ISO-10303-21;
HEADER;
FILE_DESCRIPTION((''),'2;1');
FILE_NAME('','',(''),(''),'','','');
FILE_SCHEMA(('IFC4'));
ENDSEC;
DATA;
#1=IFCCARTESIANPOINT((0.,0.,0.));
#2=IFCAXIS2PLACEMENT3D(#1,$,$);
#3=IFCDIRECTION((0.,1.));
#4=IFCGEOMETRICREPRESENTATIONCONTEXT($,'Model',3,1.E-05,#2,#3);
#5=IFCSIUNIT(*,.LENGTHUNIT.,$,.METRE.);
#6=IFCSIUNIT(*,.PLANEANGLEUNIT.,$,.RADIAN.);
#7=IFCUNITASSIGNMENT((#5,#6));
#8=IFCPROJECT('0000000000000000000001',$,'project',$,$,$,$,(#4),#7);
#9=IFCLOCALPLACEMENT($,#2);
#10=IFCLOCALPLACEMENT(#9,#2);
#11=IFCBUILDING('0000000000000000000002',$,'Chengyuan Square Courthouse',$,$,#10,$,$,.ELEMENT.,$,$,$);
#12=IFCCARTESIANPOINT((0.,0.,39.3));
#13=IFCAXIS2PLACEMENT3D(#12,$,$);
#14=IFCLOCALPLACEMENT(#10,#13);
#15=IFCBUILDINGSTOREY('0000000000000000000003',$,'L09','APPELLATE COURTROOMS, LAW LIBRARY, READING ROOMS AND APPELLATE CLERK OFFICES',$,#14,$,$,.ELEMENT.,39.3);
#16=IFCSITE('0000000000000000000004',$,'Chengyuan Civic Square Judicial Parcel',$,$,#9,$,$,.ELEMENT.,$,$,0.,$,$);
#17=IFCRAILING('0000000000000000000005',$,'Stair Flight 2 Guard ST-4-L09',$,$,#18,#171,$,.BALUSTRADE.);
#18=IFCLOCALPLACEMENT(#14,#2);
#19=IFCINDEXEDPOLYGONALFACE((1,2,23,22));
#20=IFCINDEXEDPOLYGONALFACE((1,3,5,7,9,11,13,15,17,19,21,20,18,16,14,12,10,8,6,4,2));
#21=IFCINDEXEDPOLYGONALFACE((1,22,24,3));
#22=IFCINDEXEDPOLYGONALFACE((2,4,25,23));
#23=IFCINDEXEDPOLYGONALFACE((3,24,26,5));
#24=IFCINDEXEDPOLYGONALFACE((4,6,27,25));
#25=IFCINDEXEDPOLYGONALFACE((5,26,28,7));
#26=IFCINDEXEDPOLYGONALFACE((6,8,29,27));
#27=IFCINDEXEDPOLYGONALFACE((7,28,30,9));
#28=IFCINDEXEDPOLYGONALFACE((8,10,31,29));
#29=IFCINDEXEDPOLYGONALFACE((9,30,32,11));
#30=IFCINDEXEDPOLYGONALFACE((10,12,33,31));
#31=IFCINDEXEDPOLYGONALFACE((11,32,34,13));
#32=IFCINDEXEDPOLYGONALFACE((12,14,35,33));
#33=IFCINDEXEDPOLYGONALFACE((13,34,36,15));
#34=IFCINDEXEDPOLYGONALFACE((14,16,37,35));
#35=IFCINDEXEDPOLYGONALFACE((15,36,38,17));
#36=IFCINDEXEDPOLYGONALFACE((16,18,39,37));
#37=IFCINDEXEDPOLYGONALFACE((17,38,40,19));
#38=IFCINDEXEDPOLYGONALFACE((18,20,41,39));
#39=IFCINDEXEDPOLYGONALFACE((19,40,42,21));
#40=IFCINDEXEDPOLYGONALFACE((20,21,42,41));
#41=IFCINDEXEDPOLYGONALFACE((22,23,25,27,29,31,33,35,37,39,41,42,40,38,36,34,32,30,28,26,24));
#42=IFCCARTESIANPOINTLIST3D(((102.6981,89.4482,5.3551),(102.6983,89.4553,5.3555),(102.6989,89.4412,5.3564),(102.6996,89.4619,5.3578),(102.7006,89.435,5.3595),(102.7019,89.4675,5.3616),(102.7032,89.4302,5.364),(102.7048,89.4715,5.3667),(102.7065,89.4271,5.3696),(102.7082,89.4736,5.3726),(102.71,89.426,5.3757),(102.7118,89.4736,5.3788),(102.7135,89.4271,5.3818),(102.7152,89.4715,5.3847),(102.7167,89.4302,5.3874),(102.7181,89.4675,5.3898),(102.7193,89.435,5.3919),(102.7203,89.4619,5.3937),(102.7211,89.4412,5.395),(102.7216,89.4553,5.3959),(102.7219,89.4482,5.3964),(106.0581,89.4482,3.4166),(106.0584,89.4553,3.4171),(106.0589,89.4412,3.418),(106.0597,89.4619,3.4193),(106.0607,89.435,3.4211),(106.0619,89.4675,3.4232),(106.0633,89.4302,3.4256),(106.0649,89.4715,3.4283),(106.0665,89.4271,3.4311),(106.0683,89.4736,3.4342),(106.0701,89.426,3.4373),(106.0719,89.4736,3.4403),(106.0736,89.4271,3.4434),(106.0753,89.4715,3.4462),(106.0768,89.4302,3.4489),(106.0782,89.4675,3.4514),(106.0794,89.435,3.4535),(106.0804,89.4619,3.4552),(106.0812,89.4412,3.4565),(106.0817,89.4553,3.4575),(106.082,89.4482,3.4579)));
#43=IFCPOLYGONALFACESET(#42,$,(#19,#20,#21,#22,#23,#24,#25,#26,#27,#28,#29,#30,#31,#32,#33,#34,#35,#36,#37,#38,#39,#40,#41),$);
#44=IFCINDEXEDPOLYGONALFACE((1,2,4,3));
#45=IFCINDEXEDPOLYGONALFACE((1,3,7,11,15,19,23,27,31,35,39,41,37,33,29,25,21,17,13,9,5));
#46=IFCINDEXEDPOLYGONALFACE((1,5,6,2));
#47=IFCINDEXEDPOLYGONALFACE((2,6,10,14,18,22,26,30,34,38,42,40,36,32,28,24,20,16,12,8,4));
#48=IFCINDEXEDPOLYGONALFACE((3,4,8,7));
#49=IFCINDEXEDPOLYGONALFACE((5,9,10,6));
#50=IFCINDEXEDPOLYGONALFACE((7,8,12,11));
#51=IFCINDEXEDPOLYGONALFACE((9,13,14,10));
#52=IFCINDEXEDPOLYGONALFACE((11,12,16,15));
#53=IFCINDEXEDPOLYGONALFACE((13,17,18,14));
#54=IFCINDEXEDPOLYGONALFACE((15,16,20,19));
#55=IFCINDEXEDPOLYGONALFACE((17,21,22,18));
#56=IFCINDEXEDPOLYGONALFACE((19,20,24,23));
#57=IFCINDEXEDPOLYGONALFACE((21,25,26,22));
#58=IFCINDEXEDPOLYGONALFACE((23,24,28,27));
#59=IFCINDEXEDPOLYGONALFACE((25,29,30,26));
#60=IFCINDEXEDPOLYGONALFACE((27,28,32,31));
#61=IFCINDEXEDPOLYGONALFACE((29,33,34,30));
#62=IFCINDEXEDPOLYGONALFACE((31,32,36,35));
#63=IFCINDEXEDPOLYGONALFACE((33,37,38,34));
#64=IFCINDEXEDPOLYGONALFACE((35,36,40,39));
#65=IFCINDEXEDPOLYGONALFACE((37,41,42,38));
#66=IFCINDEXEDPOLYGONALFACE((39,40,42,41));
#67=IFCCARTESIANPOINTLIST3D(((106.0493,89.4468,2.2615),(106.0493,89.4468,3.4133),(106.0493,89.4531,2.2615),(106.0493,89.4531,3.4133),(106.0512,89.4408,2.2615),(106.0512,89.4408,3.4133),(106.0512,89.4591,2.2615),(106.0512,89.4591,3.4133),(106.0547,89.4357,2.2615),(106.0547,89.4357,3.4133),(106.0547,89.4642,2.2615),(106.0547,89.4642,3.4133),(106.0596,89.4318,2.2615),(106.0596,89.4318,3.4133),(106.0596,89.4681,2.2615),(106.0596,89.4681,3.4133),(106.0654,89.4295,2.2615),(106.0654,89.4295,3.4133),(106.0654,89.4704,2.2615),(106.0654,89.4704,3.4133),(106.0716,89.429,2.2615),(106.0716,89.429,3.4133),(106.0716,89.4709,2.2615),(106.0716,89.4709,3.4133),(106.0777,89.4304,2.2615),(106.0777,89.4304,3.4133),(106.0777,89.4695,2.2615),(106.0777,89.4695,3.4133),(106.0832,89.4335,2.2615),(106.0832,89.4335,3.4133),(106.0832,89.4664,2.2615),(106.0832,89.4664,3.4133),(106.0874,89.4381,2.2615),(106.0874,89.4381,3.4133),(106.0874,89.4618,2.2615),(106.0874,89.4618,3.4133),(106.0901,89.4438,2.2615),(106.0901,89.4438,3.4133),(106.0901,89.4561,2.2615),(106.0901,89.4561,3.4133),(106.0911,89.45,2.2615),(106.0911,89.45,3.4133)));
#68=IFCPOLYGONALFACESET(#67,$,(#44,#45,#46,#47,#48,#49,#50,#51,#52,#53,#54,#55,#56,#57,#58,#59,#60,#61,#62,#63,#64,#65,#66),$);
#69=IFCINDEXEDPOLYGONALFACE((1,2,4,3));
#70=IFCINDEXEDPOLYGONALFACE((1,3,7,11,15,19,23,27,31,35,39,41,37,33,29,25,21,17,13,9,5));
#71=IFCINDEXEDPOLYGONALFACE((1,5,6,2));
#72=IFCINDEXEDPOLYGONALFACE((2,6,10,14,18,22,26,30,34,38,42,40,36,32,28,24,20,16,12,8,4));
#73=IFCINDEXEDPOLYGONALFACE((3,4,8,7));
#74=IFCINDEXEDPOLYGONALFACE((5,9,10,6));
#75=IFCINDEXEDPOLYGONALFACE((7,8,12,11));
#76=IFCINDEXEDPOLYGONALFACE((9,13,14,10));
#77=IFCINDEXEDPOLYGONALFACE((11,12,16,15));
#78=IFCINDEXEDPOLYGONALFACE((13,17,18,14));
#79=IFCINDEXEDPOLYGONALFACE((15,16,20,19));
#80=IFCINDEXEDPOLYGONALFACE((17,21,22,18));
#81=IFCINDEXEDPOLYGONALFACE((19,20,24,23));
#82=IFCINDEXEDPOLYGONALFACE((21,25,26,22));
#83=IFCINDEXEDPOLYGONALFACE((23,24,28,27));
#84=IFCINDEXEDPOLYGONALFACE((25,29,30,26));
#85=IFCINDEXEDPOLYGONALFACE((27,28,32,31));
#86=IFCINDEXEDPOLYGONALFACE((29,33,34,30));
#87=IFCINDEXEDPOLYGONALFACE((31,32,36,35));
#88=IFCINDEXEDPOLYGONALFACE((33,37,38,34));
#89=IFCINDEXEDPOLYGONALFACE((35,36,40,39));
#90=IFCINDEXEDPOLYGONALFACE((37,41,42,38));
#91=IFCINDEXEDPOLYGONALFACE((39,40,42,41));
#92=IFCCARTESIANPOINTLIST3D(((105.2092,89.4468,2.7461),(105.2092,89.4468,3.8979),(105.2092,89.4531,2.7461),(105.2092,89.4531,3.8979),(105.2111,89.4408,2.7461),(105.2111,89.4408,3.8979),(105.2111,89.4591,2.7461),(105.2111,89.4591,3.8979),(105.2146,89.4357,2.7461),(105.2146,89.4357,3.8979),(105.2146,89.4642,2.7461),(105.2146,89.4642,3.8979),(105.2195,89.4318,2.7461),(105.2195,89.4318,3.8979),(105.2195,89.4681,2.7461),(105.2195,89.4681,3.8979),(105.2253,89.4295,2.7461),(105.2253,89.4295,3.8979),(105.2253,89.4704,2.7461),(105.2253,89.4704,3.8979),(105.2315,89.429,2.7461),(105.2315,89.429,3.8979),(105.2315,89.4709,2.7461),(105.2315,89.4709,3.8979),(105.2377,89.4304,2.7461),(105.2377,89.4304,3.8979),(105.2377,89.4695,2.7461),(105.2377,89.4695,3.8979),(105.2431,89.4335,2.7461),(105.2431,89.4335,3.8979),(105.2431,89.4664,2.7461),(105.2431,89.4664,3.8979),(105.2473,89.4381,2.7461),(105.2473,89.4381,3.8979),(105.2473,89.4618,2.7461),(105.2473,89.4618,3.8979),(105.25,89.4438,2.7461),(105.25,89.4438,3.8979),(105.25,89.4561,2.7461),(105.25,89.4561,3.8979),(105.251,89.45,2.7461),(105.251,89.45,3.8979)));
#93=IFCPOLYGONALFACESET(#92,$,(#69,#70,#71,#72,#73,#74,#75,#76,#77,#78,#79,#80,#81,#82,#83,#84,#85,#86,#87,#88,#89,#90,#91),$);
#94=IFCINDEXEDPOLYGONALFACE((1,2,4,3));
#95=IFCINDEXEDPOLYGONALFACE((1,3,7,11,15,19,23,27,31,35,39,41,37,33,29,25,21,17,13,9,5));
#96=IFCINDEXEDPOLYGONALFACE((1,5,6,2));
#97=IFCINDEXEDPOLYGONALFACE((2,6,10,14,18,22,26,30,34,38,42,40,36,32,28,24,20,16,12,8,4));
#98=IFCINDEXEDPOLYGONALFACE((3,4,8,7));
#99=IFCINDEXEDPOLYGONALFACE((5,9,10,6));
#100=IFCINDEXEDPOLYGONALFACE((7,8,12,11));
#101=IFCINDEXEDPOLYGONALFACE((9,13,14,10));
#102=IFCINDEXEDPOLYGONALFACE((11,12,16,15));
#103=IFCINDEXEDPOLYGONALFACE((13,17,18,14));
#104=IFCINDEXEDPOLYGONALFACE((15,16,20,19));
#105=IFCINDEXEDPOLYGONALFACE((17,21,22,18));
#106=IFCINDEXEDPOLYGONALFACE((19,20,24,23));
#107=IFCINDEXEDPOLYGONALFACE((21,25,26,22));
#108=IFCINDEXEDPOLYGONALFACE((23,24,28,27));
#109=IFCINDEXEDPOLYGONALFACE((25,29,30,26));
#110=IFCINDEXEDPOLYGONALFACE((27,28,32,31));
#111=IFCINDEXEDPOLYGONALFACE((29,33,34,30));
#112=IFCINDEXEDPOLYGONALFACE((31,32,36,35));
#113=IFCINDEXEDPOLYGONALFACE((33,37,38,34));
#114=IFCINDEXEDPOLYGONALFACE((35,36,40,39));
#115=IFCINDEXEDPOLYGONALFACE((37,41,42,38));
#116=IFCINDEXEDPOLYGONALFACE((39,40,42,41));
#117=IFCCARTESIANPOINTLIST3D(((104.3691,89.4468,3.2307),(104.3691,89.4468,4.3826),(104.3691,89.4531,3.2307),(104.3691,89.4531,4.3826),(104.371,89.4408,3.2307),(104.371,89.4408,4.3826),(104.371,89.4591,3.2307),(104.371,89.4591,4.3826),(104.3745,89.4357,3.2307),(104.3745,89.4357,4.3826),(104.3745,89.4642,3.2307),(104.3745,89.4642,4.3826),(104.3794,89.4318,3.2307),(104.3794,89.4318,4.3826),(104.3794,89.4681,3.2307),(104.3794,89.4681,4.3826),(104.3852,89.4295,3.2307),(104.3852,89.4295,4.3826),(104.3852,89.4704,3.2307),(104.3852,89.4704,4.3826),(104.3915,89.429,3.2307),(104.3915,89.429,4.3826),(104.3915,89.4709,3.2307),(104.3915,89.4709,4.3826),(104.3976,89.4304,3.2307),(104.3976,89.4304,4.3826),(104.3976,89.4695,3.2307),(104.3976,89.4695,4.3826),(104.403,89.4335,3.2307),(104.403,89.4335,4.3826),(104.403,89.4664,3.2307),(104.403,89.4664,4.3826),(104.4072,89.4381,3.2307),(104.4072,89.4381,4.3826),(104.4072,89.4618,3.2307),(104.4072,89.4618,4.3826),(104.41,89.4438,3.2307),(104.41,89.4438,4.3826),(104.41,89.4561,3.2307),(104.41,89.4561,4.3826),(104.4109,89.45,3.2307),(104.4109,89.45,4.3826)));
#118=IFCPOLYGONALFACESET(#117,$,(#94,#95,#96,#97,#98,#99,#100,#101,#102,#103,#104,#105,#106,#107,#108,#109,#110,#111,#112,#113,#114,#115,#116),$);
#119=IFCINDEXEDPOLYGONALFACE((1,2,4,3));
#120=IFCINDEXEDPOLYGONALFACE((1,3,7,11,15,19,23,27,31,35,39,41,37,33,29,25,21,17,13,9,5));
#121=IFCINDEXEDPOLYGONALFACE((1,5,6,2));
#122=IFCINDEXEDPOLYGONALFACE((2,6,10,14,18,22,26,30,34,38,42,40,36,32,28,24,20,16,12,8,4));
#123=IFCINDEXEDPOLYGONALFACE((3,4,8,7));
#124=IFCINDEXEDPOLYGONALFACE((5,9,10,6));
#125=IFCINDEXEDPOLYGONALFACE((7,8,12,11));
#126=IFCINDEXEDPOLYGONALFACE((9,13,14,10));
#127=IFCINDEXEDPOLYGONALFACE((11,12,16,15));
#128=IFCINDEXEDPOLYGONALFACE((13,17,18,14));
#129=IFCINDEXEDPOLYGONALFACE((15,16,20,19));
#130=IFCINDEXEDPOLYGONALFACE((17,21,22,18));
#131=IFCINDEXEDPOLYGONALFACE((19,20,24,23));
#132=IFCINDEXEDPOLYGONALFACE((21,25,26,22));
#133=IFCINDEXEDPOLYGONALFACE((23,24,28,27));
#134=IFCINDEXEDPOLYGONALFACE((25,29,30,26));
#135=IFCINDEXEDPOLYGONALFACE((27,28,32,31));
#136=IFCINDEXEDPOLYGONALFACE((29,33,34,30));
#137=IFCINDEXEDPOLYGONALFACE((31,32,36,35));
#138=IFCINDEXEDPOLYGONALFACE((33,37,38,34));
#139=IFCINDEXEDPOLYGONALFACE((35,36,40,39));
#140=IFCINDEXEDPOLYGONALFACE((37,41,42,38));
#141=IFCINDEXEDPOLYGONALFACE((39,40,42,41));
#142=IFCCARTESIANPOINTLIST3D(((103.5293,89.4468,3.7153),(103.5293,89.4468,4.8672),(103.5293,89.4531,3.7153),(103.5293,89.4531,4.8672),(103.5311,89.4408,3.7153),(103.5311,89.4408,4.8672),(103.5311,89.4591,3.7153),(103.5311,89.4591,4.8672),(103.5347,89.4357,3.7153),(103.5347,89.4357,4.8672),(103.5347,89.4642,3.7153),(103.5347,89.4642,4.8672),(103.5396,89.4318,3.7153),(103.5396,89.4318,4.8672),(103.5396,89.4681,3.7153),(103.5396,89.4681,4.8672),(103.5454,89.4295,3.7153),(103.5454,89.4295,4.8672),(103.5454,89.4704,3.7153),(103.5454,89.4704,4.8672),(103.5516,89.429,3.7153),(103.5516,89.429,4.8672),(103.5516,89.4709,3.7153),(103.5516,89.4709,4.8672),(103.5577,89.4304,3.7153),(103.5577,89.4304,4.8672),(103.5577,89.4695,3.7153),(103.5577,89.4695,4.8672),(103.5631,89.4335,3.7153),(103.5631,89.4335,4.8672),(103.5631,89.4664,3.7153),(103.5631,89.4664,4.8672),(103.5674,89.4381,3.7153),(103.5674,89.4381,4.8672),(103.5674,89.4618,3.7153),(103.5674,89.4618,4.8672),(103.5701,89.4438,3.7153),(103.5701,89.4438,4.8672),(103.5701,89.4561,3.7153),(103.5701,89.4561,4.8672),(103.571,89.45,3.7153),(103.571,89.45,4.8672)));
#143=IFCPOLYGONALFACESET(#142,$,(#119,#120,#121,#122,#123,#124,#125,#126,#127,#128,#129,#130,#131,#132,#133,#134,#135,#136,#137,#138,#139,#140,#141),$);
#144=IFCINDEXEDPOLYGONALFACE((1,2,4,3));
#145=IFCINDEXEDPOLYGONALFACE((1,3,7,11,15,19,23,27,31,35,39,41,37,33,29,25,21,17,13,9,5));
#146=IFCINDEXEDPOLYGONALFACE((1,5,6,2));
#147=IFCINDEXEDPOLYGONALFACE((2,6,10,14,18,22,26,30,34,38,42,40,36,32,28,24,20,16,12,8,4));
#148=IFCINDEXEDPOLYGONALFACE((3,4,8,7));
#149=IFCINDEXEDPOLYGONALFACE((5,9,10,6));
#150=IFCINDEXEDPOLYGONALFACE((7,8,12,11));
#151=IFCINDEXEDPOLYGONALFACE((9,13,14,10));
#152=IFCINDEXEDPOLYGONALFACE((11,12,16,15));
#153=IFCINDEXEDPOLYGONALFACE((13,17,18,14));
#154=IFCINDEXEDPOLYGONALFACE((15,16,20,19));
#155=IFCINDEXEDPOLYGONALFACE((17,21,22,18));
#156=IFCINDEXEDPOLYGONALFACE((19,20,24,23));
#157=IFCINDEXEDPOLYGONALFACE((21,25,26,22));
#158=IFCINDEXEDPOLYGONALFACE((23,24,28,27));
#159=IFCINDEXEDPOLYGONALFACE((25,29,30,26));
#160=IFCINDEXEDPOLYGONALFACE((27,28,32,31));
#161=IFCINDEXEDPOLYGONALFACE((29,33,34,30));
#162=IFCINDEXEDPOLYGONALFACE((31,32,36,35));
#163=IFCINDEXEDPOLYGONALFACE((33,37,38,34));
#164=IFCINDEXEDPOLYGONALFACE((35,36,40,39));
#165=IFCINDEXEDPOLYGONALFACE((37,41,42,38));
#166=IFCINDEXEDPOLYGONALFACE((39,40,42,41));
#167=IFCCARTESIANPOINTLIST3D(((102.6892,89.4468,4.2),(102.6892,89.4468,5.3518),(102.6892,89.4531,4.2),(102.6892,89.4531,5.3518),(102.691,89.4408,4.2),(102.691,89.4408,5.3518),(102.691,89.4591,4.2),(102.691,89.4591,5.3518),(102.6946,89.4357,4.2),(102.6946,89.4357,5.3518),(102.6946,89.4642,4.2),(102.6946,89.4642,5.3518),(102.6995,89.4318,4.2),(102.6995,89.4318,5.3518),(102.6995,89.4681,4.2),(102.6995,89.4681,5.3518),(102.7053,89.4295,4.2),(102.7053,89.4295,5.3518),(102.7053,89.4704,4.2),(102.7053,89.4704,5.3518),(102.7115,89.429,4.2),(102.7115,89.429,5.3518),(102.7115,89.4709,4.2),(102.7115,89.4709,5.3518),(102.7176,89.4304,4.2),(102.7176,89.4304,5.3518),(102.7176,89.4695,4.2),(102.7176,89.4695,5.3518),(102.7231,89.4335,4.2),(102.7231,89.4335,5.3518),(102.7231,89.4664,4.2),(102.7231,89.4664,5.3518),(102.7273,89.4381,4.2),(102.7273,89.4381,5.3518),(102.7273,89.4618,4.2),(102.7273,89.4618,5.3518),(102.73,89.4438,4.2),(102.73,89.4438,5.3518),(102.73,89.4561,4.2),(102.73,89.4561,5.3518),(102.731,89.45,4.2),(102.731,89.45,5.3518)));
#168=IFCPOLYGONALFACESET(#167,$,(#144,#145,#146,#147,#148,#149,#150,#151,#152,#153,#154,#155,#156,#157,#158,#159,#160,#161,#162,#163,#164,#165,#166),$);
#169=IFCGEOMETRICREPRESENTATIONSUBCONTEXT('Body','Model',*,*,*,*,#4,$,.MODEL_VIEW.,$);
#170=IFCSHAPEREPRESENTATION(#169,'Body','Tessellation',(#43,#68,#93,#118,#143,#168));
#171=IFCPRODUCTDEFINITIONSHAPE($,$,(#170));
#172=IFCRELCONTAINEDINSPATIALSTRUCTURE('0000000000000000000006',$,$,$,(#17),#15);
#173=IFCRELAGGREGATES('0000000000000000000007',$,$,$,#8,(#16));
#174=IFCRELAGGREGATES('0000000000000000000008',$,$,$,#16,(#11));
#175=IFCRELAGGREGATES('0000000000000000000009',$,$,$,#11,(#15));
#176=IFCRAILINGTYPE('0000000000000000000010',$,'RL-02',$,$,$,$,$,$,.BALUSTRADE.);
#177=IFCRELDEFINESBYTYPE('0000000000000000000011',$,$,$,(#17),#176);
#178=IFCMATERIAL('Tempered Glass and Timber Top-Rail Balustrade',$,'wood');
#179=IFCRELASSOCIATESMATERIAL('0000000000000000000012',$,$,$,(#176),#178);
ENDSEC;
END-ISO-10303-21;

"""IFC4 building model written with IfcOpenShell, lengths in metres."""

from ifc_helpers import new_model, si_unit, direction, frame, origin, origin_2d, place, context, subcontext, project, spatial, circle, extrude, material, type_object, element, save


model = new_model("IFC4")

# Units and contexts
model_context = context("Model", 3, precision=1e-05, world=origin(), true_north=direction((0.0, 1.0)))
body_context = subcontext(model_context, "Body", "Model", "MODEL_VIEW")
ifc_project = project(units=[si_unit("LENGTHUNIT", "METRE"), si_unit("PLANEANGLEUNIT", "RADIAN")], contexts=[model_context])

# Site, building, storey
site_placement = place(None, origin())
site = spatial("IfcSite", under=ifc_project, at=site_placement, Name="Chengyuan Civic Square Judicial Parcel", CompositionType="ELEMENT", RefElevation=0.0)
building_placement = place(site_placement, origin())
building = spatial("IfcBuilding", under=site, at=building_placement, Name="Chengyuan Square Courthouse", CompositionType="ELEMENT")
storey_placement = place(building_placement, frame((0.0, 0.0, 39.3)))
storey = spatial("IfcBuildingStorey", under=building, at=storey_placement, Name="L09", Description="APPELLATE COURTROOMS, LAW LIBRARY, READING ROOMS AND APPELLATE CLERK OFFICES", CompositionType="ELEMENT", Elevation=39.3)

# Railing
ifc_material_1 = material(Name="Tempered Glass and Timber Top-Rail Balustrade", Category="wood")
railing_type_1 = type_object("IfcRailingType", Name="RL-02", PredefinedType="BALUSTRADE", material=ifc_material_1)
railing_1_placement = place(storey_placement, frame((106.0701, 89.45, 2.2615)))
element("IfcRailing", 1, at=railing_1_placement, inside=storey, type_object=railing_type_1, Name="Stair Flight 2 Guard ST-4-L09", PredefinedType="BALUSTRADE", context=body_context, shape_type="SweptSolid", body=[
    extrude(circle(Radius=0.0239, at=origin_2d()), frame((0.0, 0.0, 1.1758), z_axis=(-0.866191, 0.0, 0.499713), x_axis=(0.0, -1.0, 0.0)), (0.0, 0.0, 1.0), 3.8792),
    extrude(circle(Radius=0.021, at=origin_2d()), origin(), (0.0, 0.0, 1.0), 1.1519),
    extrude(circle(Radius=0.021, at=origin_2d()), frame((-0.8401, 0.0, 0.4846)), (0.0, 0.0, 1.0), 1.1519),
    extrude(circle(Radius=0.021, at=origin_2d()), frame((-1.6802, 0.0, 0.9692)), (0.0, 0.0, 1.0), 1.1519),
    extrude(circle(Radius=0.021, at=origin_2d()), frame((-2.52, 0.0, 1.4539)), (0.0, 0.0, 1.0), 1.1519),
    extrude(circle(Radius=0.021, at=origin_2d()), frame((-3.3601, 0.0, 1.9385)), (0.0, 0.0, 1.0), 1.1519),
])

save(model, "model.ifc")
